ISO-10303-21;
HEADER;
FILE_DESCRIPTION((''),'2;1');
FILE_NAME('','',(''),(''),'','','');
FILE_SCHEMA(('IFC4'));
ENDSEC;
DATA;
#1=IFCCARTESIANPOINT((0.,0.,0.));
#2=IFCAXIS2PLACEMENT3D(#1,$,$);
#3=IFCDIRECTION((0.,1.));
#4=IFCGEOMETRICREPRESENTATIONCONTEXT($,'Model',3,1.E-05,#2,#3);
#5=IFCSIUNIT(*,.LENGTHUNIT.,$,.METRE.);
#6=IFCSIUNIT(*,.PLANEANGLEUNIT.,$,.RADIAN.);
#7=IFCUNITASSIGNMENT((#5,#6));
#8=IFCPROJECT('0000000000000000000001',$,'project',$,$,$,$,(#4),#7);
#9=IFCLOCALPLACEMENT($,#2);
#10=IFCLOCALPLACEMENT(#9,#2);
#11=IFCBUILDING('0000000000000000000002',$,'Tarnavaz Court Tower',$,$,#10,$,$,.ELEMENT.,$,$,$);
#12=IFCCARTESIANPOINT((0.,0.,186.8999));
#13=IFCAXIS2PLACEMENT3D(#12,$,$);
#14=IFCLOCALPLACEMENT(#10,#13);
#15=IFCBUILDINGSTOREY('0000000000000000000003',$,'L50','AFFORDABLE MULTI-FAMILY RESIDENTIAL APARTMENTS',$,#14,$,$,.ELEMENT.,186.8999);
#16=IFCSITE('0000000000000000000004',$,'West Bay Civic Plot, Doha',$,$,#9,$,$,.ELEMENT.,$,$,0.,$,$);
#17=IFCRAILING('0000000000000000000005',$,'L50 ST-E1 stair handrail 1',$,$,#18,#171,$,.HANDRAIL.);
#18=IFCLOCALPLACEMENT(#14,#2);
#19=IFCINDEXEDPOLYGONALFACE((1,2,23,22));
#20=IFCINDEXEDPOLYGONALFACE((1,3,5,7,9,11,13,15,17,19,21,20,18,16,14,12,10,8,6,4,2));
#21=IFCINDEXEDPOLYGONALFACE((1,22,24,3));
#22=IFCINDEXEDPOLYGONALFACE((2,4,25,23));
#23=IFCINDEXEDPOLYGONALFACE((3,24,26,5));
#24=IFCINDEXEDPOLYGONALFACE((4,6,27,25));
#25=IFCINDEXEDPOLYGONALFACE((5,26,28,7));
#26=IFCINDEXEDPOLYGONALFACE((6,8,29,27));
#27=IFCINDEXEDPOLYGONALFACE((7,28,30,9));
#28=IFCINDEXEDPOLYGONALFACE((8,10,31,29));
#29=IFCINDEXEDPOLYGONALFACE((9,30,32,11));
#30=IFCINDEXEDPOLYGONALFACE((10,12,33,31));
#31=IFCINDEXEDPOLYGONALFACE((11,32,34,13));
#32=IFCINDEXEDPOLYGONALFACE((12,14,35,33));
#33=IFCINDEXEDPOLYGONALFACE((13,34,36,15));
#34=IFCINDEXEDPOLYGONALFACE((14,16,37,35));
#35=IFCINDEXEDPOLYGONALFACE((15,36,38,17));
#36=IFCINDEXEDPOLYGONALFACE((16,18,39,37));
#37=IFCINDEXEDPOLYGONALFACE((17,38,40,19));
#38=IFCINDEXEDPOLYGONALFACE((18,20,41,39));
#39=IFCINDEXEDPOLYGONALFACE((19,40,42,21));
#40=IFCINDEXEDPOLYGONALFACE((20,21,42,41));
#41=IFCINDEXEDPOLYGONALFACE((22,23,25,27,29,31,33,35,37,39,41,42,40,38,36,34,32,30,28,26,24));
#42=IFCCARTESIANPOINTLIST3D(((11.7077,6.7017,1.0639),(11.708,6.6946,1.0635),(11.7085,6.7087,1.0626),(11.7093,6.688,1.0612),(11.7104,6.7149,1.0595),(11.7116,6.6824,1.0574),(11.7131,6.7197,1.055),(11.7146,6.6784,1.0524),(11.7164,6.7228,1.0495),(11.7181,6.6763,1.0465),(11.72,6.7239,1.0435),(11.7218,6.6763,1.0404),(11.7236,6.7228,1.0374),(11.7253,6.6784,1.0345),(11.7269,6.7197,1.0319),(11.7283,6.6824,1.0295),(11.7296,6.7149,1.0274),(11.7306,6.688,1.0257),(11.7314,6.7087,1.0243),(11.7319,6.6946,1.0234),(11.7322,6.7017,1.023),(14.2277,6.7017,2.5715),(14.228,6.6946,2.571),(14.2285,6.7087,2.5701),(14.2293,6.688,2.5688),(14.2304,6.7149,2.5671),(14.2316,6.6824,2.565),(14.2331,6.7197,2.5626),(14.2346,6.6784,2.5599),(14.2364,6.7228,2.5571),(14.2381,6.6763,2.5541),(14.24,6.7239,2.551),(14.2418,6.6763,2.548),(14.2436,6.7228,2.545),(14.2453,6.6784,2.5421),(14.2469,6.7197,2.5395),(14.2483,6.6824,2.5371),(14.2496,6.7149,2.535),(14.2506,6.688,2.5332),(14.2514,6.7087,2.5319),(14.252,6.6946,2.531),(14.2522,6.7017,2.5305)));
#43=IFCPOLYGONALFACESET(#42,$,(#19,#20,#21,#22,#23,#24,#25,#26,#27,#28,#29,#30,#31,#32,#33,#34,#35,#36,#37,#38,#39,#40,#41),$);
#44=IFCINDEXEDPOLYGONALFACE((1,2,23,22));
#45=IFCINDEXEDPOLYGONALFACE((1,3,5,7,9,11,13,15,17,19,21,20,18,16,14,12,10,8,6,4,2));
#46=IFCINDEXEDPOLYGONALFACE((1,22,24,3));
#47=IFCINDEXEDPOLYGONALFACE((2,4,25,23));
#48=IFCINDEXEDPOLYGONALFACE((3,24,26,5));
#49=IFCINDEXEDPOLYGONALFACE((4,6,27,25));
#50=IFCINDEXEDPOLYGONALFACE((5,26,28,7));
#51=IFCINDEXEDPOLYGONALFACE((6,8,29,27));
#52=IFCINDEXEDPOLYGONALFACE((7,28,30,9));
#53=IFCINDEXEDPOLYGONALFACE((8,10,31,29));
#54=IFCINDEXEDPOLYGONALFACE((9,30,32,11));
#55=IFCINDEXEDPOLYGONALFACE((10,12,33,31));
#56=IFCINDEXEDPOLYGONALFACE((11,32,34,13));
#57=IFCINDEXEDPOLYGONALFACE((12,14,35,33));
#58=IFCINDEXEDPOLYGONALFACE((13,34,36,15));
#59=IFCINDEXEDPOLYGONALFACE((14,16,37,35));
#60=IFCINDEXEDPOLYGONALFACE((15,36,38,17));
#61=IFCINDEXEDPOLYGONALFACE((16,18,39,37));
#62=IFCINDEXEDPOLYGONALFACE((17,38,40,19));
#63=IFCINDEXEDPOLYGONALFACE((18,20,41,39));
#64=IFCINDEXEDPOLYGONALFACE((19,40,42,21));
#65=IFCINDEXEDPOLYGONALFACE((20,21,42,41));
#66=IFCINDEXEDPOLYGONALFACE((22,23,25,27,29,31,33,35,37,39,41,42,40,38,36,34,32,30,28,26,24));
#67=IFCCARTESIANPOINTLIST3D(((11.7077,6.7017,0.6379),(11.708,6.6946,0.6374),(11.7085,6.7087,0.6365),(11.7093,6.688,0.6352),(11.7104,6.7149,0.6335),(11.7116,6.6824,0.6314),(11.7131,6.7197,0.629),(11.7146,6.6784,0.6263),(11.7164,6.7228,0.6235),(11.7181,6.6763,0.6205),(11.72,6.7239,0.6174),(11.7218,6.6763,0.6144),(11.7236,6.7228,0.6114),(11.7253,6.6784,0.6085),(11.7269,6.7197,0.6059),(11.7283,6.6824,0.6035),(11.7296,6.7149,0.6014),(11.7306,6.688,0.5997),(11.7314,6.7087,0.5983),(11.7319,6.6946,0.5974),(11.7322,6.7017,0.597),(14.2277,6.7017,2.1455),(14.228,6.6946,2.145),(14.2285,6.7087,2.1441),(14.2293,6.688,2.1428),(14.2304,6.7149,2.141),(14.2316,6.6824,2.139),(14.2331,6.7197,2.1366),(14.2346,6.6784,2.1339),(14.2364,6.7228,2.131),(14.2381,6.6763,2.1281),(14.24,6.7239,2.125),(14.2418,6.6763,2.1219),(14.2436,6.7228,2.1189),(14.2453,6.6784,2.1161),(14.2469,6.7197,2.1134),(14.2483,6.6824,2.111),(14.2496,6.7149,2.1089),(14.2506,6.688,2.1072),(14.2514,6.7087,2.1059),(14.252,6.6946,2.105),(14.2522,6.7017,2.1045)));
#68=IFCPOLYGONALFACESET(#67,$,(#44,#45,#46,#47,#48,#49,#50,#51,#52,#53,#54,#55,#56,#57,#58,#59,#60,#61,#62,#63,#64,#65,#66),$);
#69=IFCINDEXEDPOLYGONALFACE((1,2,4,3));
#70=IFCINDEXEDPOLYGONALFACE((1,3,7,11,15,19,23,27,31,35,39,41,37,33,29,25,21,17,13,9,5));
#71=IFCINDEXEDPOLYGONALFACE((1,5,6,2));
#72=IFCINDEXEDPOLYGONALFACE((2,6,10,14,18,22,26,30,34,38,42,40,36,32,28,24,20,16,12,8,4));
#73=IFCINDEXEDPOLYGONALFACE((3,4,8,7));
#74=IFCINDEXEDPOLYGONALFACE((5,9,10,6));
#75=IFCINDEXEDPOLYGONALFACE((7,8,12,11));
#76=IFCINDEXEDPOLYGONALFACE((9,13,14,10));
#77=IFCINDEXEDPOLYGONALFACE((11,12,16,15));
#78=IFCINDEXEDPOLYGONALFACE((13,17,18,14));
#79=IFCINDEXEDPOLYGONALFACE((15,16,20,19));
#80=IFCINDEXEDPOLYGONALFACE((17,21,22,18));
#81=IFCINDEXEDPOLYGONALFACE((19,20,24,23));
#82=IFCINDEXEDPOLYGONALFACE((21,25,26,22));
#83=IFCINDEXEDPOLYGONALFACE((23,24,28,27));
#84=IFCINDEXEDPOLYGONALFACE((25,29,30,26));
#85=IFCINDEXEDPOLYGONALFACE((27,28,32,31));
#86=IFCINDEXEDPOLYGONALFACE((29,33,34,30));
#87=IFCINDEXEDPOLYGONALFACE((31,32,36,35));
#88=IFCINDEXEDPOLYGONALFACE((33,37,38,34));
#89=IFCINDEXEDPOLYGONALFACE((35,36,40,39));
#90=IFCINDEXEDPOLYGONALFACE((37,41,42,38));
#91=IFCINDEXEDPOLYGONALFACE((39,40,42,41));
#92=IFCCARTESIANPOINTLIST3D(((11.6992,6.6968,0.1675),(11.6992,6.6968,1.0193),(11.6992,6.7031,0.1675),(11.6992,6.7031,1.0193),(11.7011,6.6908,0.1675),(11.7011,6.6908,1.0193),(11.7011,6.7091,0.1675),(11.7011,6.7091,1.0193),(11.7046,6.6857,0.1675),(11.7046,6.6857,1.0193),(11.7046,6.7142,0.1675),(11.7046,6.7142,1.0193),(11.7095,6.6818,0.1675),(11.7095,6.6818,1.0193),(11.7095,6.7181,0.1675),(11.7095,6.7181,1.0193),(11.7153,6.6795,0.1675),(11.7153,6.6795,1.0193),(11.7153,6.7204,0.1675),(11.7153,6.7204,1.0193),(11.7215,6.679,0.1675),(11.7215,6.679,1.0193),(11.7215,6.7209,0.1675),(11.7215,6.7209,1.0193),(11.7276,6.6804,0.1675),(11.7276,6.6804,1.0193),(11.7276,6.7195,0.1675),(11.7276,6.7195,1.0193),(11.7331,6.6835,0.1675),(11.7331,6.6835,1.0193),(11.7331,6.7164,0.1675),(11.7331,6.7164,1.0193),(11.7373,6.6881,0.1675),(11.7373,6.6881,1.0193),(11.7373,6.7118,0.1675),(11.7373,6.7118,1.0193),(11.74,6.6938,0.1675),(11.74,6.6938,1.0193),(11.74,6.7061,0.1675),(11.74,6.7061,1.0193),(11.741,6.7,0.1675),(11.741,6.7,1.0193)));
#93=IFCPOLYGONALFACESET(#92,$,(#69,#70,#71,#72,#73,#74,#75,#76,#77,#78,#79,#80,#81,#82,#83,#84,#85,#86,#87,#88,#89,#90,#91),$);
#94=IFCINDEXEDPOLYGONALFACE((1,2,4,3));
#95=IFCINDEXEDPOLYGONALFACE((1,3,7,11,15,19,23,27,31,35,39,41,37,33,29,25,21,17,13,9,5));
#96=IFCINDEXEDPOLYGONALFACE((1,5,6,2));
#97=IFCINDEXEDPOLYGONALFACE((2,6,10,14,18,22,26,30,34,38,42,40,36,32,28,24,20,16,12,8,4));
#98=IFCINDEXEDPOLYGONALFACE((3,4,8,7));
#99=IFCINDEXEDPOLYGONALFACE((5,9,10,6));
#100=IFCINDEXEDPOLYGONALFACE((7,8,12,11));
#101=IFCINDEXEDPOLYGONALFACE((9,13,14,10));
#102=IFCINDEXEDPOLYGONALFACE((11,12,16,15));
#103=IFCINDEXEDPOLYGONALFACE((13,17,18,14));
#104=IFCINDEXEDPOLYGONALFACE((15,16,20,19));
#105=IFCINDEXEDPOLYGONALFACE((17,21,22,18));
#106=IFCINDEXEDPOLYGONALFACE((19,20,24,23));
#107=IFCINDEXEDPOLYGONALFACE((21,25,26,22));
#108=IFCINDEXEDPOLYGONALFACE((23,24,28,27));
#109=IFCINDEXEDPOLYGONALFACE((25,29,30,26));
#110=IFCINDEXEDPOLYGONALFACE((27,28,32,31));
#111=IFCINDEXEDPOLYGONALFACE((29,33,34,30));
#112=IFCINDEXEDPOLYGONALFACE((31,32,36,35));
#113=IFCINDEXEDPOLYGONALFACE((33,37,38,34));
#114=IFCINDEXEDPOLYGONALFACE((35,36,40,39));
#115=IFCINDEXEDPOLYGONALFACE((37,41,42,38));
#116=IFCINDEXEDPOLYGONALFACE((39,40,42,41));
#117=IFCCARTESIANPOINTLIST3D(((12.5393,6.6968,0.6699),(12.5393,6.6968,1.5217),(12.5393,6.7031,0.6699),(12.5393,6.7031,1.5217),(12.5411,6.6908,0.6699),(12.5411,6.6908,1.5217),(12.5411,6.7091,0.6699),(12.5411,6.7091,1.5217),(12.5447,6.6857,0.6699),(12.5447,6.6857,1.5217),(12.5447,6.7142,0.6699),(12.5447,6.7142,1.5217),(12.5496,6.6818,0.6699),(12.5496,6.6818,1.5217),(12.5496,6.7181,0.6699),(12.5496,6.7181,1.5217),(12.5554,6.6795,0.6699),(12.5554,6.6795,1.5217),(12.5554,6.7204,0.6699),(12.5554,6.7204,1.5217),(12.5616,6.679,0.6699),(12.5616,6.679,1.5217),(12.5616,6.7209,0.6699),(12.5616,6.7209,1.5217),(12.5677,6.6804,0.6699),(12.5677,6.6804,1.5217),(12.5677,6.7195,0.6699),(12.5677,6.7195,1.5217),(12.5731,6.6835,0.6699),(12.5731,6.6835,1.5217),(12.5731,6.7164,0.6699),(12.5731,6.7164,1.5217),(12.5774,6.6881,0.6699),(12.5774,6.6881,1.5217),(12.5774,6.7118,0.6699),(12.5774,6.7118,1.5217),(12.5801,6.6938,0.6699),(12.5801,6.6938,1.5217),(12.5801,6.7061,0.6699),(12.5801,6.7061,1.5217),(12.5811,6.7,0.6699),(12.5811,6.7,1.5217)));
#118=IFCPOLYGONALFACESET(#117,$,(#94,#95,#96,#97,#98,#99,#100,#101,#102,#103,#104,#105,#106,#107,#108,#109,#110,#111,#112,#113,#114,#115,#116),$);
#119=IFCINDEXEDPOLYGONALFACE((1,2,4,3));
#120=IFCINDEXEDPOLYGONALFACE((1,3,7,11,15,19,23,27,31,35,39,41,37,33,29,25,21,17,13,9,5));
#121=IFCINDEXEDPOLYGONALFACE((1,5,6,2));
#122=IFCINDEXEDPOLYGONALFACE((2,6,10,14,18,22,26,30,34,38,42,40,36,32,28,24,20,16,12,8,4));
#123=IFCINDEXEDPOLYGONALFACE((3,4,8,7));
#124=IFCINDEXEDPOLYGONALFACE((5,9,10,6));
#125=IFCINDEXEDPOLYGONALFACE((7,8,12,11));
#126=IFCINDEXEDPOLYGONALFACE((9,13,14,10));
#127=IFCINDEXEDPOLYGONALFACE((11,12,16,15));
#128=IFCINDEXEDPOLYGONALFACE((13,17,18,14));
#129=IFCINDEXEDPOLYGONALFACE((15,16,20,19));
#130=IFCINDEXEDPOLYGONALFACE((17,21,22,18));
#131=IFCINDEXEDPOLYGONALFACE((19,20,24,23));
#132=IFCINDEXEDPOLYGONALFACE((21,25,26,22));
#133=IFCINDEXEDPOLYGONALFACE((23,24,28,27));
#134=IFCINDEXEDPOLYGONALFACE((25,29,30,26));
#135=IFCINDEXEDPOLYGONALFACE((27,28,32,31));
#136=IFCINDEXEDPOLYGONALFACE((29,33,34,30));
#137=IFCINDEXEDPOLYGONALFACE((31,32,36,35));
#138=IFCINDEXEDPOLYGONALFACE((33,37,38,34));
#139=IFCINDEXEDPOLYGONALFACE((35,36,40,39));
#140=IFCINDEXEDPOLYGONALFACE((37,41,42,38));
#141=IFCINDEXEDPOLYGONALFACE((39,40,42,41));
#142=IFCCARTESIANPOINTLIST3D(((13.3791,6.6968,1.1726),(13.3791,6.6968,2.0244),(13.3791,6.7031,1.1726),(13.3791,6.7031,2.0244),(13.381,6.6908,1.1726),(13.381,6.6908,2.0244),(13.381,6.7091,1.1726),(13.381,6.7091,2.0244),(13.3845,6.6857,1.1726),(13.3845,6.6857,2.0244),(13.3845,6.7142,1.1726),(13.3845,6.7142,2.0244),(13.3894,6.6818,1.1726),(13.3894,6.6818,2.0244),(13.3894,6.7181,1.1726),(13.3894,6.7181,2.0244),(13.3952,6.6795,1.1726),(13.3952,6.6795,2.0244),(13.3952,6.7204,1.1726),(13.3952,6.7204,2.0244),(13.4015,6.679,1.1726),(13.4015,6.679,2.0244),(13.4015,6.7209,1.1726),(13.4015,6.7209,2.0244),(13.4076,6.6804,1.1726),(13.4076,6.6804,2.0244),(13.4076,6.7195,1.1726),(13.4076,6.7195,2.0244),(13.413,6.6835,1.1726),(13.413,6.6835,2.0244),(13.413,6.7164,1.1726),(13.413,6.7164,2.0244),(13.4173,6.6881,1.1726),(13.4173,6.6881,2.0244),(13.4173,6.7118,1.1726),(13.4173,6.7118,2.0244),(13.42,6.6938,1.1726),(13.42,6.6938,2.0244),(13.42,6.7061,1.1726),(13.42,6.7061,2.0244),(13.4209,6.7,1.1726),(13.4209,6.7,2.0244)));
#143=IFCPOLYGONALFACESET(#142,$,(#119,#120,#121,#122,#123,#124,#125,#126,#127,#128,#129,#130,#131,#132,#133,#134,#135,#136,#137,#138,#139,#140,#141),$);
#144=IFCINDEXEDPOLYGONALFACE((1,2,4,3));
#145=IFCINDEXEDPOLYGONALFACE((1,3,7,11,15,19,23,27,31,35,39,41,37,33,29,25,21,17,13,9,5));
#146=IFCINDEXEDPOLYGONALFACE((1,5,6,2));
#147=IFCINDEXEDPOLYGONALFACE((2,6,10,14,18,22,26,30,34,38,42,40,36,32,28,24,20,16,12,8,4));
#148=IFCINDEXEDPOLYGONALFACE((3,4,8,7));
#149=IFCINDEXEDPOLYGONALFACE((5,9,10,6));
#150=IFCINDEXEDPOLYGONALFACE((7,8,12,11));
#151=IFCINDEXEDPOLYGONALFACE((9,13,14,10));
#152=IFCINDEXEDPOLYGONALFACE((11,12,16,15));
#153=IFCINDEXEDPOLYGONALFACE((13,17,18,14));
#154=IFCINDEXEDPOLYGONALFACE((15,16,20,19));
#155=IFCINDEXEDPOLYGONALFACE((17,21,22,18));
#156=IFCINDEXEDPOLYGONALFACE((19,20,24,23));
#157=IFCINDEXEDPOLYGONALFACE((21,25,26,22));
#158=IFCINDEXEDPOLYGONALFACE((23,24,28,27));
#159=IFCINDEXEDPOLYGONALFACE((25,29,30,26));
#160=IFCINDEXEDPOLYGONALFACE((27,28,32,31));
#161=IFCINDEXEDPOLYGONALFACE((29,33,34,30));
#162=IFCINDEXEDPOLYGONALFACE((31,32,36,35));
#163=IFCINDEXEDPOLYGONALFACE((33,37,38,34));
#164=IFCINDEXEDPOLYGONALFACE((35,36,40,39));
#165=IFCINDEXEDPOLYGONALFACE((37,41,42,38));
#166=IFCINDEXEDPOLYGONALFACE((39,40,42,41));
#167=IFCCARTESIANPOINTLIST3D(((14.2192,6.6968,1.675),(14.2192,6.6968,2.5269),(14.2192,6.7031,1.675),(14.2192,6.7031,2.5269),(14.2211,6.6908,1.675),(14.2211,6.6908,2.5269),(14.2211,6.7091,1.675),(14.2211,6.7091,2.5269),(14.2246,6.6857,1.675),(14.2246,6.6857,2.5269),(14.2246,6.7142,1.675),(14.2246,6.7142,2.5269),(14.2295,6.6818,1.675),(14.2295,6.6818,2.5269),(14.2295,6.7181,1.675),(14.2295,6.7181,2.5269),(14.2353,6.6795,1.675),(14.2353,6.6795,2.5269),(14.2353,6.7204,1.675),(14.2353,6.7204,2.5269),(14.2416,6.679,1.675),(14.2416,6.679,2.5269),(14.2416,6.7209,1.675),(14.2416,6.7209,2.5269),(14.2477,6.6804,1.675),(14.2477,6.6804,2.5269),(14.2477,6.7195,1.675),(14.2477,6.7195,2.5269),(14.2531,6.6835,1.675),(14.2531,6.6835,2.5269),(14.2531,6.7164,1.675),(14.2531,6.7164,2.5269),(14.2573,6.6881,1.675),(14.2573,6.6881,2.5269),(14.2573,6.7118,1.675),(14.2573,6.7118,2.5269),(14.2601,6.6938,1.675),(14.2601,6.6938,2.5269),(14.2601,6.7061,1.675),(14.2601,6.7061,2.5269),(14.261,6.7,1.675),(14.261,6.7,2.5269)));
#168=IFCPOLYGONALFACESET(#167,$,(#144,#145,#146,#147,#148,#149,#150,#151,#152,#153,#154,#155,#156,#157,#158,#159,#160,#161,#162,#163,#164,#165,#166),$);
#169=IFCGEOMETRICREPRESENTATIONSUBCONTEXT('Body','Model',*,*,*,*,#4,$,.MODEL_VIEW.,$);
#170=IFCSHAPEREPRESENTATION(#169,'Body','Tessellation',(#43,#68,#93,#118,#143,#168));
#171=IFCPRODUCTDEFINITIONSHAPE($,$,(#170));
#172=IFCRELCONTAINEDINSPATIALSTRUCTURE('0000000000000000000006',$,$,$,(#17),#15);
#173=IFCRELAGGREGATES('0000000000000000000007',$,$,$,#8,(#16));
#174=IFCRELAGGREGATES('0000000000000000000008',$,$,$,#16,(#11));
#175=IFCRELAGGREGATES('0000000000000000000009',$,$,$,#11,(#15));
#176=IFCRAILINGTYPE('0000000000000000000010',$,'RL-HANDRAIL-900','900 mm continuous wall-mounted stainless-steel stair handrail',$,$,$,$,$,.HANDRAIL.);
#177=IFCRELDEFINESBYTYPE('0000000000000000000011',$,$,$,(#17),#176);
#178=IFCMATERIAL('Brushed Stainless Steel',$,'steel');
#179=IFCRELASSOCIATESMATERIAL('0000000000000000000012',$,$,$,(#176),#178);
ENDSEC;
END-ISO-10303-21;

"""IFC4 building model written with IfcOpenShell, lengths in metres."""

from ifc_helpers import new_model, si_unit, direction, frame, origin, origin_2d, place, context, subcontext, project, spatial, circle, extrude, material, type_object, element, save


model = new_model("IFC4")

# Units and contexts
model_context = context("Model", 3, precision=1e-05, world=origin(), true_north=direction((0.0, 1.0)))
body_context = subcontext(model_context, "Body", "Model", "MODEL_VIEW")
ifc_project = project(units=[si_unit("LENGTHUNIT", "METRE"), si_unit("PLANEANGLEUNIT", "RADIAN")], contexts=[model_context])

# Site, building, storey
site_placement = place(None, origin())
site = spatial("IfcSite", under=ifc_project, at=site_placement, Name="West Bay Civic Plot, Doha", CompositionType="ELEMENT", RefElevation=0.0)
building_placement = place(site_placement, origin())
building = spatial("IfcBuilding", under=site, at=building_placement, Name="Tarnavaz Court Tower", CompositionType="ELEMENT")
storey_placement = place(building_placement, frame((0.0, 0.0, 186.8999)))
storey = spatial("IfcBuildingStorey", under=building, at=storey_placement, Name="L50", Description="AFFORDABLE MULTI-FAMILY RESIDENTIAL APARTMENTS", CompositionType="ELEMENT", Elevation=186.8999)

# Railing
ifc_material_1 = material(Name="Brushed Stainless Steel", Category="steel")
railing_type_1 = type_object("IfcRailingType", Name="RL-HANDRAIL-900", Description="900 mm continuous wall-mounted stainless-steel stair handrail", PredefinedType="HANDRAIL", material=ifc_material_1)
railing_1_placement = place(storey_placement, frame((11.72, 6.7, 0.1675)))
element("IfcRailing", 1, at=railing_1_placement, inside=storey, type_object=railing_type_1, Name="L50 ST-E1 stair handrail 1", PredefinedType="HANDRAIL", context=body_context, shape_type="SweptSolid", body=[
    extrude(circle(Radius=0.0239, at=origin_2d()), frame((0.0, 0.0, 0.876), z_axis=(0.85816, 0.0, 0.513383), x_axis=(0.0, 1.0, 0.0)), (0.0, 0.0, 1.0), 2.9365),
    extrude(circle(Radius=0.0239, at=origin_2d()), frame((0.0, 0.0, 0.45), z_axis=(0.85816, 0.0, 0.513383), x_axis=(0.0, 1.0, 0.0)), (0.0, 0.0, 1.0), 2.9365),
    extrude(circle(Radius=0.021, at=origin_2d()), origin(), (0.0, 0.0, 1.0), 0.8518),
    extrude(circle(Radius=0.021, at=origin_2d()), frame((0.8401, 0.0, 0.5024)), (0.0, 0.0, 1.0), 0.8518),
    extrude(circle(Radius=0.021, at=origin_2d()), frame((1.6799, 0.0, 1.0051)), (0.0, 0.0, 1.0), 0.8518),
    extrude(circle(Radius=0.021, at=origin_2d()), frame((2.52, 0.0, 1.5076)), (0.0, 0.0, 1.0), 0.8518),
])

save(model, "model.ifc")
